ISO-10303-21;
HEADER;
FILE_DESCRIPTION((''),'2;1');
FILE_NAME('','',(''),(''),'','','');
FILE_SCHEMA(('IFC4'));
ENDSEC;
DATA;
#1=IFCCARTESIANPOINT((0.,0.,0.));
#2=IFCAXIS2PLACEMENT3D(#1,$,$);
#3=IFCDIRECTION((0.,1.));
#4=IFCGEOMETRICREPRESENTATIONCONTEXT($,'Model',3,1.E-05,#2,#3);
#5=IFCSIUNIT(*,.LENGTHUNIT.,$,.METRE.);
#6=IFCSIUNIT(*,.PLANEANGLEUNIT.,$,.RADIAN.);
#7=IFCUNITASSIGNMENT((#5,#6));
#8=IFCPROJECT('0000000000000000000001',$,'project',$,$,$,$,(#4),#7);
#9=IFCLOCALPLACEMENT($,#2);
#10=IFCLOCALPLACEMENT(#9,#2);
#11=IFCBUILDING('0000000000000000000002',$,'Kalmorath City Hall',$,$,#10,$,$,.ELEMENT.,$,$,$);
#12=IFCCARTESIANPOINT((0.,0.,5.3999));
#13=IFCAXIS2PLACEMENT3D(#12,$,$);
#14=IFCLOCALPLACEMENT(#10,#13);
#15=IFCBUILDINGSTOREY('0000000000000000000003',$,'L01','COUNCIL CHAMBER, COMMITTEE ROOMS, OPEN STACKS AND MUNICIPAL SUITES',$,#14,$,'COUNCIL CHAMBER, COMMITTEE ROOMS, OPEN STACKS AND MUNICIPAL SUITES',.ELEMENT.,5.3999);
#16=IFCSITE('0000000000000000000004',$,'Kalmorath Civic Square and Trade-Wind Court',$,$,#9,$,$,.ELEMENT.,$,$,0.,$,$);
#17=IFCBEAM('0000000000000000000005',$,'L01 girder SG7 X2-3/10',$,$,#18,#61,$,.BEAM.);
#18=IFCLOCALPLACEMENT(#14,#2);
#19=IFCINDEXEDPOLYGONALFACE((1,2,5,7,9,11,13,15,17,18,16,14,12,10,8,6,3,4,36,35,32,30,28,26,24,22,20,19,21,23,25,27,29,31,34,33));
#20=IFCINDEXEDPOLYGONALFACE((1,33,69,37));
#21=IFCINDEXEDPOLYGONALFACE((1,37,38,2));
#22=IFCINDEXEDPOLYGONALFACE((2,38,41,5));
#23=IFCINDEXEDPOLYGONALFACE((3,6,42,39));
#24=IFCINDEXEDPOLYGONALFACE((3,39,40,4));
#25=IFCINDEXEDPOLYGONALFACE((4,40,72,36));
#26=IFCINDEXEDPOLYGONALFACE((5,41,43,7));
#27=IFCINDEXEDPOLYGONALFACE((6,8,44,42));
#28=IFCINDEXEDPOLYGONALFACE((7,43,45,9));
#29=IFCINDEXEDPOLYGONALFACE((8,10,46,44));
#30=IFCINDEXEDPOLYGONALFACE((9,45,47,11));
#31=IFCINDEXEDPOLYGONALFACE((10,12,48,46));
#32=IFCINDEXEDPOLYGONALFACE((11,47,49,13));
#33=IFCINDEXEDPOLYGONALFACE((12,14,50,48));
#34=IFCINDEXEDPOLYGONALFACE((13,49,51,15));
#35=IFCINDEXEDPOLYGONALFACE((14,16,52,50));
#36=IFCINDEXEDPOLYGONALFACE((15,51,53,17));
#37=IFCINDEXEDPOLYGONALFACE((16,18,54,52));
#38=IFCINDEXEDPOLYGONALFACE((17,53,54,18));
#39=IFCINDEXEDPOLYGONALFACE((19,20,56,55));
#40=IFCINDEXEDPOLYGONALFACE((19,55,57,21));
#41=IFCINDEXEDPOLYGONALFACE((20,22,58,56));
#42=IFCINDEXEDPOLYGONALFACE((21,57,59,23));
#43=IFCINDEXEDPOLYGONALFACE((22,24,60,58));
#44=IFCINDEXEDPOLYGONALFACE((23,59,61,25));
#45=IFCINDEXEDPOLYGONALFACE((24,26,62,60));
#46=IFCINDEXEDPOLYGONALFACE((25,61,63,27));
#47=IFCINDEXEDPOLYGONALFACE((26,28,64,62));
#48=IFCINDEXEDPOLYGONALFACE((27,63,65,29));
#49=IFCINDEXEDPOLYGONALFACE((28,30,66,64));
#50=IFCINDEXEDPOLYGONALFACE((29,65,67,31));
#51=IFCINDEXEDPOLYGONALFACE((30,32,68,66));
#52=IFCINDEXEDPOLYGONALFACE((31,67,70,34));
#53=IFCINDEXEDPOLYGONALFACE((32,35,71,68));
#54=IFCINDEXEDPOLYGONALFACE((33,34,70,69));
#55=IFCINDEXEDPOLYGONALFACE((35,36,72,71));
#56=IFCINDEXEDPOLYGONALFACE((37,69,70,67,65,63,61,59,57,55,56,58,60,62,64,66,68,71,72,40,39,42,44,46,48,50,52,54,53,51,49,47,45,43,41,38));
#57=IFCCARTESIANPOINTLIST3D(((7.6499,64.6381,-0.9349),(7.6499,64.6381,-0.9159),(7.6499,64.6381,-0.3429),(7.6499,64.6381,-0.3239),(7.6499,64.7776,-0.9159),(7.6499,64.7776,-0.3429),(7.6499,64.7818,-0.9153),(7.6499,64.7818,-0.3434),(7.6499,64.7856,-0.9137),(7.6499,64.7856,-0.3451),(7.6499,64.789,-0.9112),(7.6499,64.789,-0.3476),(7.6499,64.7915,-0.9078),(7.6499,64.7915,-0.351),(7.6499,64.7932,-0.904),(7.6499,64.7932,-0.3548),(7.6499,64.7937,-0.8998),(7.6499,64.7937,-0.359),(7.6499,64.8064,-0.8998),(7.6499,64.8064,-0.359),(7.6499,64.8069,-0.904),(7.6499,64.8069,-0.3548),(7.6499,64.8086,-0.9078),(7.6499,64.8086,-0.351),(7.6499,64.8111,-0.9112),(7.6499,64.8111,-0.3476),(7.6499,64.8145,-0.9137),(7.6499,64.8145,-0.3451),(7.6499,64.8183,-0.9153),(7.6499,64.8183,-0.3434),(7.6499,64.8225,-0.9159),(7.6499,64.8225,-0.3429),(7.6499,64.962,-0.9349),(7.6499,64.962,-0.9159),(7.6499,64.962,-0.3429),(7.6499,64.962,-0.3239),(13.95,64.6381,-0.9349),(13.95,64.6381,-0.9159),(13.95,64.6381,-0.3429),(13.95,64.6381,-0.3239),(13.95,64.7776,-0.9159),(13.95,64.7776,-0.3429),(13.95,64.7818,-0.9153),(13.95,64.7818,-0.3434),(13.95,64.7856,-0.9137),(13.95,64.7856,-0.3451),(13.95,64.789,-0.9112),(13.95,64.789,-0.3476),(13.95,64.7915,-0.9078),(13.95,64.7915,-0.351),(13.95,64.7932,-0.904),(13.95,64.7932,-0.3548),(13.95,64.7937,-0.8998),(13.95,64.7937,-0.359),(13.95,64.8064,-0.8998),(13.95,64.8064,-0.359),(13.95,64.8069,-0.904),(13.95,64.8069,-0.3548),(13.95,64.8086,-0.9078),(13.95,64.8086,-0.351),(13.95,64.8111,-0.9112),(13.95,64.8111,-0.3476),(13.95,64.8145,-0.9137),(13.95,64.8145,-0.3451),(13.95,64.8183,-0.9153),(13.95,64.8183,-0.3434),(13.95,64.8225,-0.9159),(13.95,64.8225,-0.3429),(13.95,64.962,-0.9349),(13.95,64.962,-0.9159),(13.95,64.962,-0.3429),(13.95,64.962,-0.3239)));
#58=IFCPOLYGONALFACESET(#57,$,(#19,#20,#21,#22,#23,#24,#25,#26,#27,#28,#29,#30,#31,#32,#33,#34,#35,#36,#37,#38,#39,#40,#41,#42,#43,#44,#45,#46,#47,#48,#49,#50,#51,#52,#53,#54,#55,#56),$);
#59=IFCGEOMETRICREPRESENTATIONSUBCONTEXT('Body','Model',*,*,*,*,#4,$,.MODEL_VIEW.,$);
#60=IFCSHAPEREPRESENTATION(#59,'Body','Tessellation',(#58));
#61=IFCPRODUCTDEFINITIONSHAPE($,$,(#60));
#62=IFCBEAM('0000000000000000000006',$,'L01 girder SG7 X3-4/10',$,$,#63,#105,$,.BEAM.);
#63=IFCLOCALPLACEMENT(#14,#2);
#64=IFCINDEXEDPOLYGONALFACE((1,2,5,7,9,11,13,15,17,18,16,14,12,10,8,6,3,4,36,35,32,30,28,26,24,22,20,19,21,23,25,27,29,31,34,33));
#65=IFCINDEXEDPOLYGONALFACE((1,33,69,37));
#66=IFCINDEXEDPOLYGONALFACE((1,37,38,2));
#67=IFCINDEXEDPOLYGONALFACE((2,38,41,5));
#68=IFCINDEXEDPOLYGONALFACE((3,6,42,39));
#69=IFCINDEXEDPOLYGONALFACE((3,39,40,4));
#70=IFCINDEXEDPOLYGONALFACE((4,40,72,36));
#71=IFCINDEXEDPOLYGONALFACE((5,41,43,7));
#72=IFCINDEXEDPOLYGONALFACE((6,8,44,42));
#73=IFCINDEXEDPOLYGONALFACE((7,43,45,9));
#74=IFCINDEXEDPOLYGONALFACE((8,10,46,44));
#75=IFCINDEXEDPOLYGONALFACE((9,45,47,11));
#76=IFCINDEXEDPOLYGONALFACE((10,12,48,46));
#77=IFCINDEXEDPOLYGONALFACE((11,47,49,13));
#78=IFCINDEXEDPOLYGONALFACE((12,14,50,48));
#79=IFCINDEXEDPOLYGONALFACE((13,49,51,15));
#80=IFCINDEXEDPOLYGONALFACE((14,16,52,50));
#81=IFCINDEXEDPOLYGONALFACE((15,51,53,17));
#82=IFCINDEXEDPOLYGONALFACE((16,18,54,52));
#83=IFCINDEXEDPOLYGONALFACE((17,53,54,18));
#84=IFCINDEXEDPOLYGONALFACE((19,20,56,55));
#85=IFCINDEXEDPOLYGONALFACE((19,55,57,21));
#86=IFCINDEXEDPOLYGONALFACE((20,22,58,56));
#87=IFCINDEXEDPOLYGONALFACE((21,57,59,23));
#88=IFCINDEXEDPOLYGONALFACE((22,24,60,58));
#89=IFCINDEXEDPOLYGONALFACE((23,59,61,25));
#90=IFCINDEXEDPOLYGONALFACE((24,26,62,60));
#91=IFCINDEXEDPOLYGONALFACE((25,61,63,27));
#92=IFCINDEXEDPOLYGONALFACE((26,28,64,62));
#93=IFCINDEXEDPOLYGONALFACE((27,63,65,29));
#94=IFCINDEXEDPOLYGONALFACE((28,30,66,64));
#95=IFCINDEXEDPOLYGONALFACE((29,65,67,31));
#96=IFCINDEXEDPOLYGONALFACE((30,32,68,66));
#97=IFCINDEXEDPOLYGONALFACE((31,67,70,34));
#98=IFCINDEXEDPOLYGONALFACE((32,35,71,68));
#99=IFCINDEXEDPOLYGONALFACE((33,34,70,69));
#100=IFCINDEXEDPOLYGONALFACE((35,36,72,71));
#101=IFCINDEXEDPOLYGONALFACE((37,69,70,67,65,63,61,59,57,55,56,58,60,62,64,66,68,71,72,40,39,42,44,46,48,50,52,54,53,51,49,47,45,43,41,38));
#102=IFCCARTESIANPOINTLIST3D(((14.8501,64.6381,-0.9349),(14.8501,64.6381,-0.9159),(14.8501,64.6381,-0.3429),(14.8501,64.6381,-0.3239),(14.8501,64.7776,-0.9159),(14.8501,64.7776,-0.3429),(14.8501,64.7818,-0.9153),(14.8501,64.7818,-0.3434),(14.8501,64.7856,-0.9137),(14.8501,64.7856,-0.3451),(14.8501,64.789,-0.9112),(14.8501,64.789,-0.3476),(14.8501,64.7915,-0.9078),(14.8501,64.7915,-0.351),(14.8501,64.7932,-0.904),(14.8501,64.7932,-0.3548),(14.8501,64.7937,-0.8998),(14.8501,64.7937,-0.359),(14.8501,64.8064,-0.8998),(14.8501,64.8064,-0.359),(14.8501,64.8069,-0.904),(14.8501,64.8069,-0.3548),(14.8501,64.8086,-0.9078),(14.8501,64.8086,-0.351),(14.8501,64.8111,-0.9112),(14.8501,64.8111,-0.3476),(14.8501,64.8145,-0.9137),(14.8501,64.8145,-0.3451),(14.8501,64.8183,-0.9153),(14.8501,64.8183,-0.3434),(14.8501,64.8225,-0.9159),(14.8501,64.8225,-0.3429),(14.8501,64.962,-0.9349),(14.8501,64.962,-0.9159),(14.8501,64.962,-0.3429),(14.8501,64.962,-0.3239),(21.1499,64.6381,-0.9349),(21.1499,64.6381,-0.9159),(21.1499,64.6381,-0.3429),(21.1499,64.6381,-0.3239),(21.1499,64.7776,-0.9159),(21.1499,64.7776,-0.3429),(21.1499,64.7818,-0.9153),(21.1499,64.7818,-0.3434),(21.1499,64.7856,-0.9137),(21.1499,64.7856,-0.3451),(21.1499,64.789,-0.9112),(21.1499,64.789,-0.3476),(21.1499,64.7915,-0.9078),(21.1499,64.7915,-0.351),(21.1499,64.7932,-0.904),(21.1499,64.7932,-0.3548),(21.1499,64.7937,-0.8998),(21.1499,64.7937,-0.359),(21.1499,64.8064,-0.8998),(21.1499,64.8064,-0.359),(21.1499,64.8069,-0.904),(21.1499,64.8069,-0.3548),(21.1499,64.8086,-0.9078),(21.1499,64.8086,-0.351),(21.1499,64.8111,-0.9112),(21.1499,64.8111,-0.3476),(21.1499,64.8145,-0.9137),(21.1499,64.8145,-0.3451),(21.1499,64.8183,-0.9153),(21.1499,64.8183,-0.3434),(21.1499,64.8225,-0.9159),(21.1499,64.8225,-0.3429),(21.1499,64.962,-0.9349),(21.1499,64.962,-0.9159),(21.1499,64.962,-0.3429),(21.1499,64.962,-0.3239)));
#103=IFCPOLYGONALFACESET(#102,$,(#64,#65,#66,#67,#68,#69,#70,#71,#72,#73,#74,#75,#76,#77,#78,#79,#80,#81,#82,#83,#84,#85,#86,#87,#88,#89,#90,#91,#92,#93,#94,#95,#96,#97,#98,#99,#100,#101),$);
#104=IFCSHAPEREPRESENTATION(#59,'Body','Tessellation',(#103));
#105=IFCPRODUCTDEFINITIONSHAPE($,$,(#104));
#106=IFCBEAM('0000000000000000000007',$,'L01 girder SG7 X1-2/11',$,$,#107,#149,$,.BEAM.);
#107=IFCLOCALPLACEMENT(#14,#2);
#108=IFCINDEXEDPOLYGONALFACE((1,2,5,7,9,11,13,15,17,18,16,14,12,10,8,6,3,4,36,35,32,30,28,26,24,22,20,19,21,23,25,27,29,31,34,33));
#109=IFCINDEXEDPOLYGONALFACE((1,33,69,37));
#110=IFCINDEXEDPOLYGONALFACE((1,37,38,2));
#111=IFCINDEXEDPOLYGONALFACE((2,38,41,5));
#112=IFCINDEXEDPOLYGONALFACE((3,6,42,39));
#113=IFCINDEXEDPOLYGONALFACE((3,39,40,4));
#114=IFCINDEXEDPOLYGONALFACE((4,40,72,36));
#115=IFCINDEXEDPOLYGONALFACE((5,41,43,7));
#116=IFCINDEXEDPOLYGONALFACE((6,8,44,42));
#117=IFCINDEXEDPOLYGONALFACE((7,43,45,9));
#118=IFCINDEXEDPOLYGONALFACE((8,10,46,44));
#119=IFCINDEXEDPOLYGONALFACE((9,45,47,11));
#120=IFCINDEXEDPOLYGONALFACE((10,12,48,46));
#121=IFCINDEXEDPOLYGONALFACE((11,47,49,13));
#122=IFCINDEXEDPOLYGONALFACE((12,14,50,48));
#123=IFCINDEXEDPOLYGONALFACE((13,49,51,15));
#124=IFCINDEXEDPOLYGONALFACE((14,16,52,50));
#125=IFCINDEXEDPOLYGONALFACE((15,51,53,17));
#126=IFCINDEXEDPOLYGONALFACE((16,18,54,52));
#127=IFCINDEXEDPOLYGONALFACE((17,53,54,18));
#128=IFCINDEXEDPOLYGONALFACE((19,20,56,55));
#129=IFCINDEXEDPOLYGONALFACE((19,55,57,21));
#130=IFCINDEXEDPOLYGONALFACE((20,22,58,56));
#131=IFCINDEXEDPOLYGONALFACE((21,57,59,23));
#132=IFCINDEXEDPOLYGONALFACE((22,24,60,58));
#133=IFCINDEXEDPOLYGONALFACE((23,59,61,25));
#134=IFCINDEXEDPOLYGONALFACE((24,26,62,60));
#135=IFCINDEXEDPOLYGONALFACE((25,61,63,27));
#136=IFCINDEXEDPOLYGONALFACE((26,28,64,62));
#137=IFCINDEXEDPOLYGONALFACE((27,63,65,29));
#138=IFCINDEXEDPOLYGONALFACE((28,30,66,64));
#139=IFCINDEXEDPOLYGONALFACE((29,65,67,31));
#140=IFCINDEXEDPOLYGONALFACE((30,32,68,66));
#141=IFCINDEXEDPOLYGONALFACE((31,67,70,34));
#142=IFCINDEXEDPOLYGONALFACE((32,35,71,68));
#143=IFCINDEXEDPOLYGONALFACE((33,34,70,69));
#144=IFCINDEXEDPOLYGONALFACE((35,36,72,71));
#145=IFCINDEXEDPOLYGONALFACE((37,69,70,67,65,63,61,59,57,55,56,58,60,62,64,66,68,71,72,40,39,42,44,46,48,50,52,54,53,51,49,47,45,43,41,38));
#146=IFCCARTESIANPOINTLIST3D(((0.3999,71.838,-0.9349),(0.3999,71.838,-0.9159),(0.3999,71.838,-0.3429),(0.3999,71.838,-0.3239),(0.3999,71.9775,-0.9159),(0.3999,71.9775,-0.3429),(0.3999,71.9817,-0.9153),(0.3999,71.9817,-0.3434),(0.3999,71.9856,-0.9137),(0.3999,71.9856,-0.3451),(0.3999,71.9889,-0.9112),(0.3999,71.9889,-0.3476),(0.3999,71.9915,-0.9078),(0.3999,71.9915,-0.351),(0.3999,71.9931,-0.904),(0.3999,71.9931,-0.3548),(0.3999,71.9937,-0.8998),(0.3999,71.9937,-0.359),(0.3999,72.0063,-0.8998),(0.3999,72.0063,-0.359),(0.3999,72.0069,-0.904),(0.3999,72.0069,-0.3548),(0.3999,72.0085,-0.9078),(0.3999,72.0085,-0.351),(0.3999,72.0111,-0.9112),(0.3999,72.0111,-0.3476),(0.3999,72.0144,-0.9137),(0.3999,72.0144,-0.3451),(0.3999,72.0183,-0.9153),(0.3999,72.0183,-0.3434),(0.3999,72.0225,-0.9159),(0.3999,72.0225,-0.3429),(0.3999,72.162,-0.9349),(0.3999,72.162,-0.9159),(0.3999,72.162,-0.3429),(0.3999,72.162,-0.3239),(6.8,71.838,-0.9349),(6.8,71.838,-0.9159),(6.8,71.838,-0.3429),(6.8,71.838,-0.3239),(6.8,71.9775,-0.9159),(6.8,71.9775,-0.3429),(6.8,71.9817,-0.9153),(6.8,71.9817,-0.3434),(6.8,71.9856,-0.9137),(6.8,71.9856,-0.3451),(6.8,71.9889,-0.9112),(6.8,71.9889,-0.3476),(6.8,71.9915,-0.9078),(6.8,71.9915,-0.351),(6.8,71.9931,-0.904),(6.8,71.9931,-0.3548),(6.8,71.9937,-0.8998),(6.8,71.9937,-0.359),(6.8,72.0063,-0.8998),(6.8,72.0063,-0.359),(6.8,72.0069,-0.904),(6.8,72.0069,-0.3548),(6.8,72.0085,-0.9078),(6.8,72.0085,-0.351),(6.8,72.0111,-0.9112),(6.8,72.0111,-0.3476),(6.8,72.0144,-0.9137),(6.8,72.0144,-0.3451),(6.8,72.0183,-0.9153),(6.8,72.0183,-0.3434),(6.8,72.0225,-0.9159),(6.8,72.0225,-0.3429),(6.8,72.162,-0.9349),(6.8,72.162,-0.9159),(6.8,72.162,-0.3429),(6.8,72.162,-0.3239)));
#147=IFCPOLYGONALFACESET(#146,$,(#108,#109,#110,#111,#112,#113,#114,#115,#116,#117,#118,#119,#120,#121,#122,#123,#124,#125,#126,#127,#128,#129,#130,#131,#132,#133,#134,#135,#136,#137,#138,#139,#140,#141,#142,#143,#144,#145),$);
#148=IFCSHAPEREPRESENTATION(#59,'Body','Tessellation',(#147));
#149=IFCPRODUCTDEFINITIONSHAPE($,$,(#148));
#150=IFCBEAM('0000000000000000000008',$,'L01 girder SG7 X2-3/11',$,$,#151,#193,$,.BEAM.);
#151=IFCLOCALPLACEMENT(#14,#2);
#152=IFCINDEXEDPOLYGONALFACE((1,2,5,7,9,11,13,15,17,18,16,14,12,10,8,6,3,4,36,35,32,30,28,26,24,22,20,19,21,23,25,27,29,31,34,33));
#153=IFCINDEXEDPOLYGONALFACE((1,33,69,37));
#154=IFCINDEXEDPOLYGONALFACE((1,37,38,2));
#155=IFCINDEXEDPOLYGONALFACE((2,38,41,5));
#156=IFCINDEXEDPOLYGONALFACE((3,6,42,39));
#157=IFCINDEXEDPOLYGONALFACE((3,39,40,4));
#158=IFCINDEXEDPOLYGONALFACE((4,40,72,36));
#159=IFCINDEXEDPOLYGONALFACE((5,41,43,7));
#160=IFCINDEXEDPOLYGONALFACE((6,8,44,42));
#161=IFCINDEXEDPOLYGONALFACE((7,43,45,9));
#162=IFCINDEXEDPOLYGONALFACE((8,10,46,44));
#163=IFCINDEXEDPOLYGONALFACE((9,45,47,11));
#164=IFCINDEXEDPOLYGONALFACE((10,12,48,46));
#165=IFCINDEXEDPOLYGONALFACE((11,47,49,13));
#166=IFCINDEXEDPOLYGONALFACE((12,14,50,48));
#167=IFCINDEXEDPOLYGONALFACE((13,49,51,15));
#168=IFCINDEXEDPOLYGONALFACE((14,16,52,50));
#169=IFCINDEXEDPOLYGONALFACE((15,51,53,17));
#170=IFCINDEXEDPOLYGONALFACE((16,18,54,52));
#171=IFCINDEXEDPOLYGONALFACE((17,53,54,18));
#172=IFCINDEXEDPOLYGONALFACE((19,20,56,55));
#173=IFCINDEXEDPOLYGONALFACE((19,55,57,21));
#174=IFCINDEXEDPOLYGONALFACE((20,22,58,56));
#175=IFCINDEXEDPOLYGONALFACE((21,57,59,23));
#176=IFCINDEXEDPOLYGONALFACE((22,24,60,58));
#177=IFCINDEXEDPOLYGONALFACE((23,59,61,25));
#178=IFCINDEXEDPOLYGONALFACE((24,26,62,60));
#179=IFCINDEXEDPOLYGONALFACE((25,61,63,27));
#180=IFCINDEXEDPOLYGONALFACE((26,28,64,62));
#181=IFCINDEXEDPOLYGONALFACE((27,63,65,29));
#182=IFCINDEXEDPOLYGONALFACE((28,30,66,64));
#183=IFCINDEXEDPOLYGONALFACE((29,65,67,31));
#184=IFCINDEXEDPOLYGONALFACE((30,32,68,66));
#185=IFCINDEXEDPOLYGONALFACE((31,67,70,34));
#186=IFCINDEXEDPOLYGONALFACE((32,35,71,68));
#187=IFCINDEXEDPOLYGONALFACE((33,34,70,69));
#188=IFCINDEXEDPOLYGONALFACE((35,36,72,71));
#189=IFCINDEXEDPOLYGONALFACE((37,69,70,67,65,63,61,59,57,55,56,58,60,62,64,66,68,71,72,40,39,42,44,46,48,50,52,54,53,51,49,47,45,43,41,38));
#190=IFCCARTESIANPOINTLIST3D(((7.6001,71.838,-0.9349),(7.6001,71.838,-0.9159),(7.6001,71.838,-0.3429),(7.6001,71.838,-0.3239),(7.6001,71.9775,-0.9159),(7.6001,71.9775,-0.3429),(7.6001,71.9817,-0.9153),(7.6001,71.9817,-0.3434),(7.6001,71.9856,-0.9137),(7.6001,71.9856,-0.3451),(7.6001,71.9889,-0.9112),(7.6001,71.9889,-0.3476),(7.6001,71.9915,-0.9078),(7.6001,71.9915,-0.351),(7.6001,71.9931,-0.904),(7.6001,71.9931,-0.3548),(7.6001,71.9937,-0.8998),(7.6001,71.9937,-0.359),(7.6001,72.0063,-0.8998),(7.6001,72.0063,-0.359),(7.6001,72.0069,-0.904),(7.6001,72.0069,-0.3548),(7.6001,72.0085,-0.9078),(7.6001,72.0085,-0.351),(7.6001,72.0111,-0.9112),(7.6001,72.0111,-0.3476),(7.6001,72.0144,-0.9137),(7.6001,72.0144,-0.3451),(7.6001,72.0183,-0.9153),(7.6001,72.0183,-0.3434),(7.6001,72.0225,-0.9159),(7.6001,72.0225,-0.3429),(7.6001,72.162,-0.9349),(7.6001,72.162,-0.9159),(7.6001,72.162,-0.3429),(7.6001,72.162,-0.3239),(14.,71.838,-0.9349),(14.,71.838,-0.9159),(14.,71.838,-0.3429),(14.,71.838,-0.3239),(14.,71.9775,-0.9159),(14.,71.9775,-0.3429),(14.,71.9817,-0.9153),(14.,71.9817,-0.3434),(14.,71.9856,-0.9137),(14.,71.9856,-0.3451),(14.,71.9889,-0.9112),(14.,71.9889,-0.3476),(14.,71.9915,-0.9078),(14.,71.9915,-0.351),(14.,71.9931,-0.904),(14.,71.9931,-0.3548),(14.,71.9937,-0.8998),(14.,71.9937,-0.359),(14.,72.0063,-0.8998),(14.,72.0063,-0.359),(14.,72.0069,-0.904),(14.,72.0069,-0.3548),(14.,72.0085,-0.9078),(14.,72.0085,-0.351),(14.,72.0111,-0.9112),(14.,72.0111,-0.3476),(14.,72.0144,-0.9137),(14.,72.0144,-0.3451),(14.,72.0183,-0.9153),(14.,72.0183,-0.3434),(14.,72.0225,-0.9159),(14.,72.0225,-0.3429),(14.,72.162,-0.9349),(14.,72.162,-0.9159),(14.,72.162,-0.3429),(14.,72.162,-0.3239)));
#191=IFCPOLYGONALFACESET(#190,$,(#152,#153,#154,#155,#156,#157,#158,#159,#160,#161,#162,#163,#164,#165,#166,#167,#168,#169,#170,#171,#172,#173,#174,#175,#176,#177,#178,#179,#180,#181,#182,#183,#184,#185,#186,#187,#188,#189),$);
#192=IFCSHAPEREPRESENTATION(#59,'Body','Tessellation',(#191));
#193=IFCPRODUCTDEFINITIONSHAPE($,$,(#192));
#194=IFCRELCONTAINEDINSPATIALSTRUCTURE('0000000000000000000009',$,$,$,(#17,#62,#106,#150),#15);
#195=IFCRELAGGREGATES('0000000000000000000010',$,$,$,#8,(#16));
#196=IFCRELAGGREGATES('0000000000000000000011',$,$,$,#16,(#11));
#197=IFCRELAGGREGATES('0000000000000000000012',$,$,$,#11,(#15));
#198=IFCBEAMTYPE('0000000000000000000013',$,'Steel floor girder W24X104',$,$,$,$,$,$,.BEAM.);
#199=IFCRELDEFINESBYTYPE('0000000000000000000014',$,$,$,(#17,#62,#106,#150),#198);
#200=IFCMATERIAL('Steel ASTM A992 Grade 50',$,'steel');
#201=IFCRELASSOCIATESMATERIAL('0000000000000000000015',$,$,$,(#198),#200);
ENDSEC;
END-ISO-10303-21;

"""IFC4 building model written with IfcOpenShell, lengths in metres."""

from ifc_helpers import new_model, si_unit, direction, frame, origin, origin_2d, place, context, subcontext, project, spatial, i_section, extrude, material, material_profile, profile_set, type_object, element, save


model = new_model("IFC4")

# Units and contexts
model_context = context("Model", 3, precision=1e-05, world=origin(), true_north=direction((0.0, 1.0)))
body_context = subcontext(model_context, "Body", "Model", "MODEL_VIEW")
ifc_project = project(units=[si_unit("LENGTHUNIT", "METRE"), si_unit("PLANEANGLEUNIT", "RADIAN")], contexts=[model_context])

# Site, building, storey
site_placement = place(None, origin())
site = spatial("IfcSite", under=ifc_project, at=site_placement, Name="Kalmorath Civic Square and Trade-Wind Court", CompositionType="ELEMENT", RefElevation=0.0)
building_placement = place(site_placement, origin())
building = spatial("IfcBuilding", under=site, at=building_placement, Name="Kalmorath City Hall", CompositionType="ELEMENT")
storey_placement = place(building_placement, frame((0.0, 0.0, 5.3999)))
storey = spatial("IfcBuildingStorey", under=building, at=storey_placement, Name="L01", Description="COUNCIL CHAMBER, COMMITTEE ROOMS, OPEN STACKS AND MUNICIPAL SUITES", LongName="COUNCIL CHAMBER, COMMITTEE ROOMS, OPEN STACKS AND MUNICIPAL SUITES", CompositionType="ELEMENT", Elevation=5.3999)

# Beams
ifc_material_1 = material(Name="Steel ASTM A992 Grade 50", Category="steel")
ifc_material_profile_1 = material_profile(ifc_material_1, i_section(OverallWidth=0.324, OverallDepth=0.6111, WebThickness=0.0127, FlangeThickness=0.019, FilletRadius=0.0161, at=origin_2d()), Name="W24X104")
ifc_profile_set_1 = profile_set([ifc_material_profile_1], Name="Steel ASTM A992 Grade 50")
beam_type_1 = type_object("IfcBeamType", Name="Steel floor girder W24X104", PredefinedType="BEAM", material=ifc_profile_set_1)
beam_1_placement = place(storey_placement, frame((7.6499, 64.8, -0.6294), z_axis=(1.0, 0.0, 0.0), x_axis=(0.0, 1.0, 0.0)))
element("IfcBeam", 1, at=beam_1_placement, inside=storey, type_object=beam_type_1, Name="L01 girder SG7 X2-3/10", PredefinedType="BEAM", context=body_context, shape_type="SweptSolid", body=[
    extrude(i_section(OverallWidth=0.324, OverallDepth=0.6111, WebThickness=0.0127, FlangeThickness=0.019, FilletRadius=0.0161, at=origin_2d()), origin(), (0.0, 0.0, 1.0), 6.3),
])
beam_2_placement = place(storey_placement, frame((14.8501, 64.8, -0.6294), z_axis=(1.0, 0.0, 0.0), x_axis=(0.0, 1.0, 0.0)))
element("IfcBeam", 2, at=beam_2_placement, inside=storey, type_object=beam_type_1, Name="L01 girder SG7 X3-4/10", PredefinedType="BEAM", context=body_context, shape_type="SweptSolid", body=[
    extrude(i_section(OverallWidth=0.324, OverallDepth=0.6111, WebThickness=0.0127, FlangeThickness=0.019, FilletRadius=0.0161, at=origin_2d()), origin(), (0.0, 0.0, 1.0), 6.2998),
])
beam_3_placement = place(storey_placement, frame((0.3999, 72.0, -0.6294), z_axis=(1.0, 0.0, 0.0), x_axis=(0.0, 1.0, 0.0)))
element("IfcBeam", 3, at=beam_3_placement, inside=storey, type_object=beam_type_1, Name="L01 girder SG7 X1-2/11", PredefinedType="BEAM", context=body_context, shape_type="SweptSolid", body=[
    extrude(i_section(OverallWidth=0.324, OverallDepth=0.6111, WebThickness=0.0127, FlangeThickness=0.019, FilletRadius=0.0161, at=origin_2d()), origin(), (0.0, 0.0, 1.0), 6.4001),
])
for number, where, z_axis, x_axis, name in (
    (4, (7.6001, 72.0, -0.6294), (1.0, 0.0, 0.0), (0.0, 1.0, 0.0), "L01 girder SG7 X2-3/11"),
):
    element("IfcBeam", number, at=place(storey_placement, frame(where, z_axis=z_axis, x_axis=x_axis)), inside=storey, type_object=beam_type_1, Name=name, PredefinedType="BEAM", context=body_context, shape_type="SweptSolid", body=[
        extrude(i_section(OverallWidth=0.324, OverallDepth=0.6111, WebThickness=0.0127, FlangeThickness=0.019, FilletRadius=0.0161, at=origin_2d()), origin(), (0.0, 0.0, 1.0), 6.3999),
    ])

save(model, "model.ifc")
